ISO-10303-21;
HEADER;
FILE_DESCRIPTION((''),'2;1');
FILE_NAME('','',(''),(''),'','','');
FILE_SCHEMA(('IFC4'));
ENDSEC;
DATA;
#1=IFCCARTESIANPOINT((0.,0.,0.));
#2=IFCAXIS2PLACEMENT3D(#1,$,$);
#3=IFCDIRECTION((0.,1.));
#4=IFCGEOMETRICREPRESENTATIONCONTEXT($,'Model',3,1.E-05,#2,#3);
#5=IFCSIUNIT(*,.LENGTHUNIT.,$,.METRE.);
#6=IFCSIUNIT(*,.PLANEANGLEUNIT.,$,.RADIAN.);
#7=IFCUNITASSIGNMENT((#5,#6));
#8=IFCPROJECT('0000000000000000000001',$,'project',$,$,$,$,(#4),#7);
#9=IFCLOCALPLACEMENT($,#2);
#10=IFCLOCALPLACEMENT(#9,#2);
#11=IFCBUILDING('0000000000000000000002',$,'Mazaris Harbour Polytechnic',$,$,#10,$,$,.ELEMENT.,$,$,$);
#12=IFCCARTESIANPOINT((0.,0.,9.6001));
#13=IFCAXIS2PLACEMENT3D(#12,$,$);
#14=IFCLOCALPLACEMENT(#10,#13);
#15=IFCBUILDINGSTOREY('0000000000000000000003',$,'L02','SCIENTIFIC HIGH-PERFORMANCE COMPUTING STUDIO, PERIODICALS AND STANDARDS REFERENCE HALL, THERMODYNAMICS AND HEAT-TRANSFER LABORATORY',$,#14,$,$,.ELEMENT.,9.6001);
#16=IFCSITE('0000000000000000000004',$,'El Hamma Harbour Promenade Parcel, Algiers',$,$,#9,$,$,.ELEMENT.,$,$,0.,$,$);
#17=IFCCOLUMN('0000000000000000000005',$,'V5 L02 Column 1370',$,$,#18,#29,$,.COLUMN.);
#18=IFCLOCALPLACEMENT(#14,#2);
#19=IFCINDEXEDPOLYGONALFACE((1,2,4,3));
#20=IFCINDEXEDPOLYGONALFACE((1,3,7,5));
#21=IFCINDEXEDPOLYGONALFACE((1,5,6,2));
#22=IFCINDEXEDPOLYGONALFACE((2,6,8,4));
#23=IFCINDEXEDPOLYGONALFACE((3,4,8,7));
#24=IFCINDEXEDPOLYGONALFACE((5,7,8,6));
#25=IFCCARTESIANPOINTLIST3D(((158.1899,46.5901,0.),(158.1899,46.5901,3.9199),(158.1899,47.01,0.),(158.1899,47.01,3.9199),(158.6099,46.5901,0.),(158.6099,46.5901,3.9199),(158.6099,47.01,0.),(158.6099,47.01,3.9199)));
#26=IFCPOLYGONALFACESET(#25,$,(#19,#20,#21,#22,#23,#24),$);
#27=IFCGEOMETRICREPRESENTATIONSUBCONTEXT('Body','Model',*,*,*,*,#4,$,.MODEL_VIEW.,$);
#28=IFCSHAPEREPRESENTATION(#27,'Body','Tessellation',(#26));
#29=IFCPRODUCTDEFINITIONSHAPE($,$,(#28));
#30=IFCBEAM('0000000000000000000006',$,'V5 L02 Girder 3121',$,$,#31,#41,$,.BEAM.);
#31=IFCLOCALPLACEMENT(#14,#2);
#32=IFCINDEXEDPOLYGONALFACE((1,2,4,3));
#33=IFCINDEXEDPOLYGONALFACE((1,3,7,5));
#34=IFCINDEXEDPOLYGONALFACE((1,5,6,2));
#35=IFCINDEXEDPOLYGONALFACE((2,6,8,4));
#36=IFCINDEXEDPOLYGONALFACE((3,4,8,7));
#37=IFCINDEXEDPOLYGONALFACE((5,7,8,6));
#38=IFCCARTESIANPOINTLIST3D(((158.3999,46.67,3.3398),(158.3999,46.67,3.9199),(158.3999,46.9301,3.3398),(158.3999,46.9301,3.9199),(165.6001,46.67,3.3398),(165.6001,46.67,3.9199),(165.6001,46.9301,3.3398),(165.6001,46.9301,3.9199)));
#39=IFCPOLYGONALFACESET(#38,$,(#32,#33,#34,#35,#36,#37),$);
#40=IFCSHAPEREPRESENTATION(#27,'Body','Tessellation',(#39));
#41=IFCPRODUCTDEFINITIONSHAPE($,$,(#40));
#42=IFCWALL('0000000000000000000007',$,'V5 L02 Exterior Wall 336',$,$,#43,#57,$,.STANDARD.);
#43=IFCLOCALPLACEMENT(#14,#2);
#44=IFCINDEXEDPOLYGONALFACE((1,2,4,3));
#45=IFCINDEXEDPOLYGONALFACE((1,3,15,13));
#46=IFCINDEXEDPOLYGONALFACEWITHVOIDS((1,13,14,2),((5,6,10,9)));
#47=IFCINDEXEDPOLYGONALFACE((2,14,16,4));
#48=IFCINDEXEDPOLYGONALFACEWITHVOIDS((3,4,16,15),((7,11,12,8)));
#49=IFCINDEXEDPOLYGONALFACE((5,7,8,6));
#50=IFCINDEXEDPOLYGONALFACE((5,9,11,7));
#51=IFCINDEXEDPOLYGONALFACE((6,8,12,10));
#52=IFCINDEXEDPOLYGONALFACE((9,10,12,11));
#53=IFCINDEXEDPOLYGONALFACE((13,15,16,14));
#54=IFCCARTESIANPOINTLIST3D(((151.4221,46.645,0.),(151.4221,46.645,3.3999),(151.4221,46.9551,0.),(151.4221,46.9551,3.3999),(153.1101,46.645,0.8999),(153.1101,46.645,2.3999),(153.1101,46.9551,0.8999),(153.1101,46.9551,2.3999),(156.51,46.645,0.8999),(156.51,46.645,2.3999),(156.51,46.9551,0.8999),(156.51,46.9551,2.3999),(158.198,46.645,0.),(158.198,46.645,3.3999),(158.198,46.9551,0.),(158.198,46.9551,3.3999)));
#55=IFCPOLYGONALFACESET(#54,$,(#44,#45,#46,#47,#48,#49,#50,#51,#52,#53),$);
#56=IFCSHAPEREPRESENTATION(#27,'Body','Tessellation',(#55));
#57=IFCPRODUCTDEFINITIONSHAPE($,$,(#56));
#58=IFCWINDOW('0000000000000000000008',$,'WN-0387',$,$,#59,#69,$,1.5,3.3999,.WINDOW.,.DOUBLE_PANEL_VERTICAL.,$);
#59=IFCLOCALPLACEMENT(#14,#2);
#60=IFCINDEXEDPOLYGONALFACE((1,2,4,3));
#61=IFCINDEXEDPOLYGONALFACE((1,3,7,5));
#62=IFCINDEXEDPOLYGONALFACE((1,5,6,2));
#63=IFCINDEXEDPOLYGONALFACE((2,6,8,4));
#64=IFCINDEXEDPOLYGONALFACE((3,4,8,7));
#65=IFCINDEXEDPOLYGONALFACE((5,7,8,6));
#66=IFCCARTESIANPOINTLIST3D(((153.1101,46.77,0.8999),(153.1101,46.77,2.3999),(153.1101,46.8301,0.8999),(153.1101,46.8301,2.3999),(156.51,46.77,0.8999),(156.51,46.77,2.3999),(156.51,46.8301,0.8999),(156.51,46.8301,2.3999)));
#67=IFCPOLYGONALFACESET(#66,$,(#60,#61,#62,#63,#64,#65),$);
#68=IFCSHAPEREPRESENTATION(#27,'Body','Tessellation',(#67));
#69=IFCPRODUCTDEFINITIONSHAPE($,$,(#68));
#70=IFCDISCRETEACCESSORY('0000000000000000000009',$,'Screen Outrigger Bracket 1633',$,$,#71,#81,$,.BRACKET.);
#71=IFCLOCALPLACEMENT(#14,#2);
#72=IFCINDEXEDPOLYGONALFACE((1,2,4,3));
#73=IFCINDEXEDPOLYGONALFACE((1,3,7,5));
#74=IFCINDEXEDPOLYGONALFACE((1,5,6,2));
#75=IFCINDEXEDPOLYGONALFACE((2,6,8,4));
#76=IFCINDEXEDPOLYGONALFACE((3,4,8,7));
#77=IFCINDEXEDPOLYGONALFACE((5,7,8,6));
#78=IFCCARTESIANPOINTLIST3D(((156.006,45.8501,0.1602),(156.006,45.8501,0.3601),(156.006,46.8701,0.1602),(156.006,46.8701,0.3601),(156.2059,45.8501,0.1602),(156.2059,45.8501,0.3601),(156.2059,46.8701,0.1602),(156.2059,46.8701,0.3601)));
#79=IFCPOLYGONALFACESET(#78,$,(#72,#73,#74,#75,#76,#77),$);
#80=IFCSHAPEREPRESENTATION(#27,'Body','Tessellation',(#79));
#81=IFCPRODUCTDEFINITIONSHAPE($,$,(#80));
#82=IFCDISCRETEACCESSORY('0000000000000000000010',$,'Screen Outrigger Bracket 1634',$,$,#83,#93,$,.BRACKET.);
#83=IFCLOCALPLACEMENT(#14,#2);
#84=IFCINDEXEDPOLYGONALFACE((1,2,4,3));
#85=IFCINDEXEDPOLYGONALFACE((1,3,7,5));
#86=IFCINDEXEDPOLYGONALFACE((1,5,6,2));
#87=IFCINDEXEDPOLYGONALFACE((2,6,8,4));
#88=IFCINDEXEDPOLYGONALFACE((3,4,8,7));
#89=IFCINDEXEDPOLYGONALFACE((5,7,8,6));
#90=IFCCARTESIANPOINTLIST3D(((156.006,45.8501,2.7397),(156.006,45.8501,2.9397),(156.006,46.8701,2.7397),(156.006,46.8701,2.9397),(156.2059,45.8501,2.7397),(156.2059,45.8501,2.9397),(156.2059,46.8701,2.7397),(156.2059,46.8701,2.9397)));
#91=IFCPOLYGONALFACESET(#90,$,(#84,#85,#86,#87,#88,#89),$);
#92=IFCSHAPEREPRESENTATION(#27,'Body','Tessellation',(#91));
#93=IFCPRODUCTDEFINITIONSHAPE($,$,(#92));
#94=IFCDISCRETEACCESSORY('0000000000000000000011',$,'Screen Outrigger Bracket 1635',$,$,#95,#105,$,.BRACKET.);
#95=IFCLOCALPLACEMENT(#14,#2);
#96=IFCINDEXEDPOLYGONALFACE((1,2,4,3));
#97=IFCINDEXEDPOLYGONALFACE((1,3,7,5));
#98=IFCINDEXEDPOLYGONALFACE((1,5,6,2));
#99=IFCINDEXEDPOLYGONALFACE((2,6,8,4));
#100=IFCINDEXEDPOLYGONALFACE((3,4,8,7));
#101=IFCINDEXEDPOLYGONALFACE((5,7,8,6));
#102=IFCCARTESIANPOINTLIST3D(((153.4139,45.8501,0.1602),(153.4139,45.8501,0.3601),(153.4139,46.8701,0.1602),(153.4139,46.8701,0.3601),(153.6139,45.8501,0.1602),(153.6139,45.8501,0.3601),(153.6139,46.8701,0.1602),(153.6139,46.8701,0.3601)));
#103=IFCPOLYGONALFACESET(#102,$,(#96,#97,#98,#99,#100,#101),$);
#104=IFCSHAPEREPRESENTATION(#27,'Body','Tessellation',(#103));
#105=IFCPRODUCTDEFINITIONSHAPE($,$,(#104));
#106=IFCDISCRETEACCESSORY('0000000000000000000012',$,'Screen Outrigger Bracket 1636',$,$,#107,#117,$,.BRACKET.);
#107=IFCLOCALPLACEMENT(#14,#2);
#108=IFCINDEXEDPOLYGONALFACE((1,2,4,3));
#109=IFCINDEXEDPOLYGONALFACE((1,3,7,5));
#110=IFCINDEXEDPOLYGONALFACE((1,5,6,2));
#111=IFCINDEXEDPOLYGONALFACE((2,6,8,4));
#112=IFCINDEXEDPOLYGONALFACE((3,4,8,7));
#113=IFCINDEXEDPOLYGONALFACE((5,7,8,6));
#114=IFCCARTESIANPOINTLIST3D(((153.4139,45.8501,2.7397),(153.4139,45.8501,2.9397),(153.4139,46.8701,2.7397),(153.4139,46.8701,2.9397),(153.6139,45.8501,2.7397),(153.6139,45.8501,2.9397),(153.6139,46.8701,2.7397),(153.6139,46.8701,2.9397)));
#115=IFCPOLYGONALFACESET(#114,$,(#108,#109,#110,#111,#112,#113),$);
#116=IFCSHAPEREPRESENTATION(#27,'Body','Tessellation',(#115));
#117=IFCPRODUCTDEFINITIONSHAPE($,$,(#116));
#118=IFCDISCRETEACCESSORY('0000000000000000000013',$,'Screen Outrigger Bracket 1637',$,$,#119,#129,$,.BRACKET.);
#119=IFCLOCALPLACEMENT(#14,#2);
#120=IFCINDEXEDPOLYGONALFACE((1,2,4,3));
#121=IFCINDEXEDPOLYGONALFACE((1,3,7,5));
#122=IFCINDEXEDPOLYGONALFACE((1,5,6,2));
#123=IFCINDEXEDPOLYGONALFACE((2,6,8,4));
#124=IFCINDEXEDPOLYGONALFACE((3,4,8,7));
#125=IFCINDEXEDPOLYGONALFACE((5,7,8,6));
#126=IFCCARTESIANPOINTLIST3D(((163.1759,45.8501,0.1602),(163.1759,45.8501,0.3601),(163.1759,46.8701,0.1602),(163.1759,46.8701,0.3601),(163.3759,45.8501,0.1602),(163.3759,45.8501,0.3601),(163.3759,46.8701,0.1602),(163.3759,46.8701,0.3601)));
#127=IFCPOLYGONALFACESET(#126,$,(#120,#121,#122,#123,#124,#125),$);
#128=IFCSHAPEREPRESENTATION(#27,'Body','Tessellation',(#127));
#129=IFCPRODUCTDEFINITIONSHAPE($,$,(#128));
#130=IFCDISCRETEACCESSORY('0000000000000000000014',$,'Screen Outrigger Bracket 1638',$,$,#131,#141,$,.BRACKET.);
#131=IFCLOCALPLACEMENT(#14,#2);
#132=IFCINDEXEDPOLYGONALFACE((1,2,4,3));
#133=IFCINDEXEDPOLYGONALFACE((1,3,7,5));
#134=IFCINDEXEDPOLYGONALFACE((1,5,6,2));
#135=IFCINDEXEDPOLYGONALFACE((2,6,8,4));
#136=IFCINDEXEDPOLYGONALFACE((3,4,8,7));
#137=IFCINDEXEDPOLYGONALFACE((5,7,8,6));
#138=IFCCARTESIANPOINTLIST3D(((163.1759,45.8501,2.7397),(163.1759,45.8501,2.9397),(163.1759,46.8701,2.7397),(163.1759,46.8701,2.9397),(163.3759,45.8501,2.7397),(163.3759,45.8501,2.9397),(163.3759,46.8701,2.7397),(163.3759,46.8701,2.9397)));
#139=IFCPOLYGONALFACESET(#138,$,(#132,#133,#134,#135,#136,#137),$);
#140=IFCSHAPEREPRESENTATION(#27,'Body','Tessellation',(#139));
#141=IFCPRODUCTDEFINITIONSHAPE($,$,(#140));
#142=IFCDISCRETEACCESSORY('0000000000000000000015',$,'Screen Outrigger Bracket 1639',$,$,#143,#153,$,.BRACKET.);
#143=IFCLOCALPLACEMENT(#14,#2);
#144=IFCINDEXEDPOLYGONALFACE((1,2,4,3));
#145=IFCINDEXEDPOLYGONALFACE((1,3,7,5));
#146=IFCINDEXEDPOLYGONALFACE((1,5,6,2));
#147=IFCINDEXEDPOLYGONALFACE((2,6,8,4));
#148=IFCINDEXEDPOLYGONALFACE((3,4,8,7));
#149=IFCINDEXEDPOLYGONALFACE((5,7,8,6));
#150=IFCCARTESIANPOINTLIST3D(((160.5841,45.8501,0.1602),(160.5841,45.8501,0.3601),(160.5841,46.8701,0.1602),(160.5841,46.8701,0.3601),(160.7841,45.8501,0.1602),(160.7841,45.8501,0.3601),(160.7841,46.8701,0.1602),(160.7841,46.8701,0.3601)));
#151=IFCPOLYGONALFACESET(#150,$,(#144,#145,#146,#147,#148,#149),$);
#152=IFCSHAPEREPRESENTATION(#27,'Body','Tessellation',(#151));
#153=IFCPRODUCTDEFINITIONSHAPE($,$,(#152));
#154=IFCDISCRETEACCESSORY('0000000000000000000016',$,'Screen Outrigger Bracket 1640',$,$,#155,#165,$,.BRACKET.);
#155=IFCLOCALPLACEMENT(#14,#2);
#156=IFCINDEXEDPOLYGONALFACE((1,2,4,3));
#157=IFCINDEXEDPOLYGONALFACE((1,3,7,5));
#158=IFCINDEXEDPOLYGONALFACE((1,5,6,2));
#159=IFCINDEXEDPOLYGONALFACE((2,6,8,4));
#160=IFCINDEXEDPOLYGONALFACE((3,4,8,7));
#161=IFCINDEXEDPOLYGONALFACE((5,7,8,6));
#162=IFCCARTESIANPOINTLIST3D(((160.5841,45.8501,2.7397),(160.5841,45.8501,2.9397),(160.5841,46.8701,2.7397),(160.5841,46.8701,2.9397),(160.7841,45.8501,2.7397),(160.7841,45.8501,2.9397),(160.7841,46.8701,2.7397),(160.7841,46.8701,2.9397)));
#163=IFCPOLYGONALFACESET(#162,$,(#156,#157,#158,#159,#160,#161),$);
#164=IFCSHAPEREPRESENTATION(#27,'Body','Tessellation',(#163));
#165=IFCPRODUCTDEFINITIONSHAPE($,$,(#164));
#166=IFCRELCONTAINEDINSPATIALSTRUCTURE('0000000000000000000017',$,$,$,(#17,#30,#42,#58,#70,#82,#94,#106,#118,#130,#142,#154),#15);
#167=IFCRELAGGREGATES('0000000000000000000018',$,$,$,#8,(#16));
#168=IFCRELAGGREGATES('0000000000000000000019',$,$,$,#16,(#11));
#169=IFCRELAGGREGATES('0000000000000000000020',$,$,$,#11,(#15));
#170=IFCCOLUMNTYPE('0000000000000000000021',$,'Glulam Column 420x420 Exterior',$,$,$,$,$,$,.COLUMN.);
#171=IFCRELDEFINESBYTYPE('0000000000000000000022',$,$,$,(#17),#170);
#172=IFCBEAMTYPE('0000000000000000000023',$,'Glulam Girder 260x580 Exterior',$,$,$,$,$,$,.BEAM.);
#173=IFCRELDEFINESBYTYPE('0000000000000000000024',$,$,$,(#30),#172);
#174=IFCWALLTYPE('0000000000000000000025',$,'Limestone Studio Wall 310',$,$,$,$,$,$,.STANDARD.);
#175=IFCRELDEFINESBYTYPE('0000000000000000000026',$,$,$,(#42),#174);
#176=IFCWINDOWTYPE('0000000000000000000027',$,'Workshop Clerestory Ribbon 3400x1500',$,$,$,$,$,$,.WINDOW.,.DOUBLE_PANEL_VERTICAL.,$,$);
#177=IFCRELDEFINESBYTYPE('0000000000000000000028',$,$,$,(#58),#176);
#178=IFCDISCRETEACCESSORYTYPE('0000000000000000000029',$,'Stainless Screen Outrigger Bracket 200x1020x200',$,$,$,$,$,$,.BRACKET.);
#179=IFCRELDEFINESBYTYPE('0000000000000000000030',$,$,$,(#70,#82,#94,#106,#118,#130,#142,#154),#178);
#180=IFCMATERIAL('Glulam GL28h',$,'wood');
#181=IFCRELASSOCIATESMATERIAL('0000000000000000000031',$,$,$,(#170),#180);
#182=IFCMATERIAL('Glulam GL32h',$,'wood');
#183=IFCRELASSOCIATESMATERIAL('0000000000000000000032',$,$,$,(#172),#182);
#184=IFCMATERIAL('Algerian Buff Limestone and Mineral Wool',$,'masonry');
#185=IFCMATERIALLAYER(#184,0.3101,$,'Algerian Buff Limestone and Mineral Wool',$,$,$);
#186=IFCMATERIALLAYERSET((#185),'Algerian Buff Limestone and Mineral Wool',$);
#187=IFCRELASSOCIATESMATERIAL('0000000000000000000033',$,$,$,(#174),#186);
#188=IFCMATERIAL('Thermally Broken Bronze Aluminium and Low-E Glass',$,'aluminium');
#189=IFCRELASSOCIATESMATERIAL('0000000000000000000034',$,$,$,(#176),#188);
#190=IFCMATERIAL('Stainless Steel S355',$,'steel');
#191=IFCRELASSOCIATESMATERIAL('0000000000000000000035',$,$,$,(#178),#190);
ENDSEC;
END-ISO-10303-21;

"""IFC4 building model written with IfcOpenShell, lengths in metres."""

from ifc_helpers import new_model, si_unit, direction, frame, frame_2d, origin, origin_2d, place, context, subcontext, project, spatial, rectangle, extrude, material, layer, layer_set, material_profile, profile_set, type_object, element, fill, save


model = new_model("IFC4")

# Units and contexts
model_context = context("Model", 3, precision=1e-05, world=origin(), true_north=direction((0.0, 1.0)))
body_context = subcontext(model_context, "Body", "Model", "MODEL_VIEW")
ifc_project = project(units=[si_unit("LENGTHUNIT", "METRE"), si_unit("PLANEANGLEUNIT", "RADIAN")], contexts=[model_context])

# Site, building, storey
site_placement = place(None, origin())
site = spatial("IfcSite", under=ifc_project, at=site_placement, Name="El Hamma Harbour Promenade Parcel, Algiers", CompositionType="ELEMENT", RefElevation=0.0)
building_placement = place(site_placement, origin())
building = spatial("IfcBuilding", under=site, at=building_placement, Name="Mazaris Harbour Polytechnic", CompositionType="ELEMENT")
storey_placement = place(building_placement, frame((0.0, 0.0, 9.6001)))
storey = spatial("IfcBuildingStorey", under=building, at=storey_placement, Name="L02", Description="SCIENTIFIC HIGH-PERFORMANCE COMPUTING STUDIO, PERIODICALS AND STANDARDS REFERENCE HALL, THERMODYNAMICS AND HEAT-TRANSFER LABORATORY", CompositionType="ELEMENT", Elevation=9.6001)

# Column
ifc_material_1 = material(Name="Glulam GL28h", Category="wood")
ifc_material_profile_1 = material_profile(ifc_material_1, rectangle(XDim=0.4199, YDim=0.4199, at=origin_2d()), Name="RECT420x420")
ifc_profile_set_1 = profile_set([ifc_material_profile_1], Name="Glulam GL28h")
column_type = type_object("IfcColumnType", Name="Glulam Column 420x420 Exterior", PredefinedType="COLUMN", material=ifc_profile_set_1)
column_placement = place(storey_placement, frame((158.3999, 46.8, 0.0), z_axis=(0.0, 0.0, 1.0), x_axis=(1.0, 0.0, 0.0)))
element("IfcColumn", 1, at=column_placement, inside=storey, type_object=column_type, Name="V5 L02 Column 1370", PredefinedType="COLUMN", context=body_context, shape_type="SweptSolid", body=[
    extrude(rectangle(XDim=0.4199, YDim=0.4199, at=origin_2d()), origin(), (0.0, 0.0, 1.0), 3.9199),
])

# Beam
ifc_material_2 = material(Name="Glulam GL32h", Category="wood")
ifc_material_profile_2 = material_profile(ifc_material_2, rectangle(XDim=0.26, YDim=0.5801, at=origin_2d()), Name="RECT260x580")
ifc_profile_set_2 = profile_set([ifc_material_profile_2], Name="Glulam GL32h")
beam_type = type_object("IfcBeamType", Name="Glulam Girder 260x580 Exterior", PredefinedType="BEAM", material=ifc_profile_set_2)
beam_placement = place(storey_placement, frame((158.3999, 46.8, 3.6299), z_axis=(1.0, 0.0, 0.0), x_axis=(0.0, 1.0, 0.0)))
element("IfcBeam", 2, at=beam_placement, inside=storey, type_object=beam_type, Name="V5 L02 Girder 3121", PredefinedType="BEAM", context=body_context, shape_type="SweptSolid", body=[
    extrude(rectangle(XDim=0.26, YDim=0.5801, at=origin_2d()), origin(), (0.0, 0.0, 1.0), 7.2002),
])

# Wall, opening, window
ifc_material_3 = material(Name="Algerian Buff Limestone and Mineral Wool", Category="masonry")
ifc_layer = layer(ifc_material_3, 0.3101, Name="Algerian Buff Limestone and Mineral Wool")
ifc_layer_set = layer_set([ifc_layer], Name="Algerian Buff Limestone and Mineral Wool")
wall_type = type_object("IfcWallType", Name="Limestone Studio Wall 310", PredefinedType="STANDARD", material=ifc_layer_set)
wall_placement = place(storey_placement, frame((158.198, 46.8, 0.0), z_axis=(0.0, 0.0, 1.0), x_axis=(-1.0, 0.0, 0.0)))
wall = element("IfcWall", 3, at=wall_placement, inside=storey, type_object=wall_type, Name="V5 L02 Exterior Wall 336", PredefinedType="STANDARD", context=body_context, shape_type="SweptSolid", body=[
    extrude(rectangle(XDim=6.7759, YDim=0.3101, at=frame_2d((3.3879, 0.0))), origin(), (0.0, 0.0, 1.0), 3.3999),
])
opening_placement = place(wall_placement, frame((1.688, 0.0, 0.8999)))
opening = element("IfcOpeningElement", 4, at=opening_placement, cuts=wall, PredefinedType="OPENING", context=body_context, shape_type="SweptSolid", body=[
    extrude(rectangle(XDim=3.3999, YDim=1.5, at=frame_2d((1.7, 0.75))), frame((0.0, 0.165, 0.0), z_axis=(0.0, -1.0, 0.0), x_axis=(1.0, 0.0, 0.0)), (0.0, 0.0, 1.0), 0.3301),
])
ifc_material_4 = material(Name="Thermally Broken Bronze Aluminium and Low-E Glass", Category="aluminium")
window_type = type_object("IfcWindowType", Name="Workshop Clerestory Ribbon 3400x1500", PartitioningType="DOUBLE_PANEL_VERTICAL", PredefinedType="WINDOW", material=ifc_material_4)
window_placement = place(opening_placement, origin())
window = element("IfcWindow", 5, at=window_placement, inside=storey, type_object=window_type, Name="WN-0387", OverallHeight=1.5, OverallWidth=3.3999, PartitioningType="DOUBLE_PANEL_VERTICAL", PredefinedType="WINDOW", context=body_context, shape_type="SweptSolid", body=[
    extrude(rectangle(XDim=3.3999, YDim=1.5, at=frame_2d((1.7, 0.75))), frame((0.0, 0.03, 0.0), z_axis=(0.0, -1.0, 0.0), x_axis=(1.0, 0.0, 0.0)), (0.0, 0.0, 1.0), 0.0601),
])
fill(opening, window)

# Discrete accessories
ifc_material_5 = material(Name="Stainless Steel S355", Category="steel")
discrete_accessory_type = type_object("IfcDiscreteAccessoryType", Name="Stainless Screen Outrigger Bracket 200x1020x200", PredefinedType="BRACKET", material=ifc_material_5)
for number, where, z_axis, x_axis, name in (
    (6, (156.106, 46.3601, 0.1602), (0.0, 0.0, 1.0), (-1.0, 0.0, 0.0), "Screen Outrigger Bracket 1633"),
    (7, (156.106, 46.3601, 2.7397), (0.0, 0.0, 1.0), (-1.0, 0.0, 0.0), "Screen Outrigger Bracket 1634"),
    (8, (153.5139, 46.3601, 0.1602), (0.0, 0.0, 1.0), (-1.0, 0.0, 0.0), "Screen Outrigger Bracket 1635"),
    (9, (153.5139, 46.3601, 2.7397), (0.0, 0.0, 1.0), (-1.0, 0.0, 0.0), "Screen Outrigger Bracket 1636"),
    (10, (163.2759, 46.3601, 0.1602), (0.0, 0.0, 1.0), (-1.0, 0.0, 0.0), "Screen Outrigger Bracket 1637"),
    (11, (163.2759, 46.3601, 2.7397), (0.0, 0.0, 1.0), (-1.0, 0.0, 0.0), "Screen Outrigger Bracket 1638"),
    (12, (160.6841, 46.3601, 0.1602), (0.0, 0.0, 1.0), (-1.0, 0.0, 0.0), "Screen Outrigger Bracket 1639"),
    (13, (160.6841, 46.3601, 2.7397), (0.0, 0.0, 1.0), (-1.0, 0.0, 0.0), "Screen Outrigger Bracket 1640"),
):
    element("IfcDiscreteAccessory", number, at=place(storey_placement, frame(where, z_axis=z_axis, x_axis=x_axis)), inside=storey, type_object=discrete_accessory_type, Name=name, PredefinedType="BRACKET", context=body_context, shape_type="SweptSolid", body=[
        extrude(rectangle(XDim=0.2, YDim=1.02, at=origin_2d()), origin(), (0.0, 0.0, 1.0), 0.2),
    ])

save(model, "model.ifc")
